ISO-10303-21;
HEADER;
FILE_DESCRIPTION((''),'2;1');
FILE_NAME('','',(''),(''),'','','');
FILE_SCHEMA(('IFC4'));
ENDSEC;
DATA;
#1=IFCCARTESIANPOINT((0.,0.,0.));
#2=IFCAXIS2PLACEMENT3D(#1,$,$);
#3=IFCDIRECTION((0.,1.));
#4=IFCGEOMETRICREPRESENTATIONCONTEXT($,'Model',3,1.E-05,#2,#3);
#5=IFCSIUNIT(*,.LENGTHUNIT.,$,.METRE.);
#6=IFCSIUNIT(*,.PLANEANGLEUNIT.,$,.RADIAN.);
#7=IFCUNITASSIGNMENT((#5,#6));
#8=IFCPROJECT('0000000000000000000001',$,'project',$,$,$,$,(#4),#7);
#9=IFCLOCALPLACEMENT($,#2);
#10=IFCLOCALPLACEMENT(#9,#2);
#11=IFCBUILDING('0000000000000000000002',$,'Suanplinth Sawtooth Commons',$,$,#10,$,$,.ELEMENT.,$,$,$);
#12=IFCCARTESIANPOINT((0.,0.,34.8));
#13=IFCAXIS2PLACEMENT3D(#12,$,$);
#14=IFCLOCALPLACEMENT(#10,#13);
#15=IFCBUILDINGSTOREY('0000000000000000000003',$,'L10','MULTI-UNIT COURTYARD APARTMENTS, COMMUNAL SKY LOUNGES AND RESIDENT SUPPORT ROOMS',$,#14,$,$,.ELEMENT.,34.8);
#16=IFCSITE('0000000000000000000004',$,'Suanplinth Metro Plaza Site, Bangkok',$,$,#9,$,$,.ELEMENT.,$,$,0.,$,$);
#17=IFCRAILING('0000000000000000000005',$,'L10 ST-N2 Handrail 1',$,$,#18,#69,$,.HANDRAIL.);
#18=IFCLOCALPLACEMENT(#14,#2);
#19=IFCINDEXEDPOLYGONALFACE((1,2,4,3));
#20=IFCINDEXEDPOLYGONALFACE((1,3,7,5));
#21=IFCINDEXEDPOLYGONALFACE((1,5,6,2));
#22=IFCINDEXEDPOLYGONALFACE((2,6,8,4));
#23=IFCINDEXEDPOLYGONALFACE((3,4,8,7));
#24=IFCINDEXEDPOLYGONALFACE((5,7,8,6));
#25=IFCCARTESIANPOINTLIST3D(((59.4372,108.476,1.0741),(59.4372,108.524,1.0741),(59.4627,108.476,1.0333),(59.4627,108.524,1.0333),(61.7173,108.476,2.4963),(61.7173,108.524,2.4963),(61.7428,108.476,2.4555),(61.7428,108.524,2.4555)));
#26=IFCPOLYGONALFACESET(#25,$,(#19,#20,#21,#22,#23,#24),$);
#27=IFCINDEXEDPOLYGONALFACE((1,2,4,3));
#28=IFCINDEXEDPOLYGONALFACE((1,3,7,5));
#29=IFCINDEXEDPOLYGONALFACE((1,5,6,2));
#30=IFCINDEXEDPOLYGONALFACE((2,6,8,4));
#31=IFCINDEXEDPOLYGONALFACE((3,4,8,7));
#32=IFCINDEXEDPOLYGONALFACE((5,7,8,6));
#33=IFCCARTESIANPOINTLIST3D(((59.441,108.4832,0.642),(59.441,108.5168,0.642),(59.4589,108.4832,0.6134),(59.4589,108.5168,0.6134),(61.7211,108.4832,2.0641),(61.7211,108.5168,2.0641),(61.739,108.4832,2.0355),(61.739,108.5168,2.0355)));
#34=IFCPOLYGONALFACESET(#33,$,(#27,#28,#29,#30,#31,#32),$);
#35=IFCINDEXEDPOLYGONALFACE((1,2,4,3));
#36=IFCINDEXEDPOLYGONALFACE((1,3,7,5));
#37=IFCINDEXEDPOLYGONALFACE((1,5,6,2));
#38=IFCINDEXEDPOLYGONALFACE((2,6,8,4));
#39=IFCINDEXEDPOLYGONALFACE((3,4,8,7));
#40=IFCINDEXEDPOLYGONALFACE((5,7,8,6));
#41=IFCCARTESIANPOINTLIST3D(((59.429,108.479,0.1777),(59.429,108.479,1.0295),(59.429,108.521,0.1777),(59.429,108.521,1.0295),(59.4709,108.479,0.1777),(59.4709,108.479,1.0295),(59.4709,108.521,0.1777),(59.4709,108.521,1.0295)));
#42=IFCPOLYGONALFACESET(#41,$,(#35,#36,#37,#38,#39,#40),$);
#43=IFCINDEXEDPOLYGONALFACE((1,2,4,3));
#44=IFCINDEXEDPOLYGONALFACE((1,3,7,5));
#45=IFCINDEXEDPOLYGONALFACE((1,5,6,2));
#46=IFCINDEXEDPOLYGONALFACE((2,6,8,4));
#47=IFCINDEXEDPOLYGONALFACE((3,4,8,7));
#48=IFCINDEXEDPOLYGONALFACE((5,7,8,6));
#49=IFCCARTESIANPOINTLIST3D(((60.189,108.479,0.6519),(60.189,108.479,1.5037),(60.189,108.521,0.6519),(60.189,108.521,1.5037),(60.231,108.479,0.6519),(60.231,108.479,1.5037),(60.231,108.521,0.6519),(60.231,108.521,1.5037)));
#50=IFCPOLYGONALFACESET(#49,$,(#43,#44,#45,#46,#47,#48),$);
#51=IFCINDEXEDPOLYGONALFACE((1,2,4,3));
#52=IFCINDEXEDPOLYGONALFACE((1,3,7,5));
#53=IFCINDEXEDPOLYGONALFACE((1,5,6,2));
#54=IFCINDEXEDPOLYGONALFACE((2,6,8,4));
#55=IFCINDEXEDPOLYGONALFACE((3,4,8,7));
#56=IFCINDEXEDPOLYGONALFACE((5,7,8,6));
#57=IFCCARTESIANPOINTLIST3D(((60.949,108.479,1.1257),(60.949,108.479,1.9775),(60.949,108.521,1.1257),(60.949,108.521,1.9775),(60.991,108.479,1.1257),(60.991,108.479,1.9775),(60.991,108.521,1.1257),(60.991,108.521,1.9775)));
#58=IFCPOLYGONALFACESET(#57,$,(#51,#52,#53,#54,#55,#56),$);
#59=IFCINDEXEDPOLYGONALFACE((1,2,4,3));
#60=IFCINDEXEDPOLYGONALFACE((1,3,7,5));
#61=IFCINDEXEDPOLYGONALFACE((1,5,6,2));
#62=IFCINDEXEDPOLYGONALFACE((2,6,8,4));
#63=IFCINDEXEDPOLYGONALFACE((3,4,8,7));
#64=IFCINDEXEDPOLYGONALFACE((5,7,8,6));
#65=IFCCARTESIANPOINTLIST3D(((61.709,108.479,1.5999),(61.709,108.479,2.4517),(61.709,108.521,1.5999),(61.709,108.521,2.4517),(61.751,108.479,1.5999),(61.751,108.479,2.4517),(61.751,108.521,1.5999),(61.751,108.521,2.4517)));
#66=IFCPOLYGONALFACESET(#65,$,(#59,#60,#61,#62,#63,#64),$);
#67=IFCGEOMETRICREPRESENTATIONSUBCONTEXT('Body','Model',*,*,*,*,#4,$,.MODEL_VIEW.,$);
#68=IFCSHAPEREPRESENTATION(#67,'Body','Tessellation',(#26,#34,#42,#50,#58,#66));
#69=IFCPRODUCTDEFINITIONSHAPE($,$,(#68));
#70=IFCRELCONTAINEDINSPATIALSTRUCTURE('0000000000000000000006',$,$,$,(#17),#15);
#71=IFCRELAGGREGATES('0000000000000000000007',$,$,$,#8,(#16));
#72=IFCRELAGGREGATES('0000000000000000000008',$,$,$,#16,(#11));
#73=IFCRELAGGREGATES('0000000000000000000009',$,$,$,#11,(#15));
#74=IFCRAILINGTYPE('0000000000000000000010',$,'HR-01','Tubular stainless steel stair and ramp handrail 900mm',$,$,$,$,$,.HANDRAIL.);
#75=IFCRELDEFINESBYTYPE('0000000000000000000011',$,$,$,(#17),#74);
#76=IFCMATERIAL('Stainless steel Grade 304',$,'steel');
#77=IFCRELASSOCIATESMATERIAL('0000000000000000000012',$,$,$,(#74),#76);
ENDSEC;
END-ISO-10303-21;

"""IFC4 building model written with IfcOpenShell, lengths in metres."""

from ifc_helpers import new_model, si_unit, direction, frame, origin, origin_2d, place, context, subcontext, project, spatial, rectangle, extrude, material, type_object, element, save


model = new_model("IFC4")

# Units and contexts
model_context = context("Model", 3, precision=1e-05, world=origin(), true_north=direction((0.0, 1.0)))
body_context = subcontext(model_context, "Body", "Model", "MODEL_VIEW")
ifc_project = project(units=[si_unit("LENGTHUNIT", "METRE"), si_unit("PLANEANGLEUNIT", "RADIAN")], contexts=[model_context])

# Site, building, storey
site_placement = place(None, origin())
site = spatial("IfcSite", under=ifc_project, at=site_placement, Name="Suanplinth Metro Plaza Site, Bangkok", CompositionType="ELEMENT", RefElevation=0.0)
building_placement = place(site_placement, origin())
building = spatial("IfcBuilding", under=site, at=building_placement, Name="Suanplinth Sawtooth Commons", CompositionType="ELEMENT")
storey_placement = place(building_placement, frame((0.0, 0.0, 34.8)))
storey = spatial("IfcBuildingStorey", under=building, at=storey_placement, Name="L10", Description="MULTI-UNIT COURTYARD APARTMENTS, COMMUNAL SKY LOUNGES AND RESIDENT SUPPORT ROOMS", CompositionType="ELEMENT", Elevation=34.8)

# Shared definitions
ifc_material_1 = material(Name="Stainless steel Grade 304", Category="steel")

# Railing
railing_type_1 = type_object("IfcRailingType", Name="HR-01", Description="Tubular stainless steel stair and ramp handrail 900mm", PredefinedType="HANDRAIL", material=ifc_material_1)
railing_1_placement = place(storey_placement, frame((59.45, 108.5, 0.1777)))
element("IfcRailing", 1, at=railing_1_placement, inside=storey, type_object=railing_type_1, Name="L10 ST-N2 Handrail 1", PredefinedType="HANDRAIL", context=body_context, shape_type="SweptSolid", body=[
    extrude(rectangle(XDim=0.0481, YDim=0.0481, at=origin_2d()), frame((0.0, 0.0, 0.876), z_axis=(0.848483, 0.0, 0.529223), x_axis=(0.0, 1.0, 0.0)), (0.0, 0.0, 1.0), 2.6873),
    extrude(rectangle(XDim=0.0337, YDim=0.0337, at=origin_2d()), frame((0.0, 0.0, 0.45), z_axis=(0.848483, 0.0, 0.529223), x_axis=(0.0, 1.0, 0.0)), (0.0, 0.0, 1.0), 2.6873),
    extrude(rectangle(XDim=0.042, YDim=0.042, at=origin_2d()), origin(), (0.0, 0.0, 1.0), 0.8518),
    extrude(rectangle(XDim=0.042, YDim=0.042, at=origin_2d()), frame((0.76, 0.0, 0.4741)), (0.0, 0.0, 1.0), 0.8518),
    extrude(rectangle(XDim=0.042, YDim=0.042, at=origin_2d()), frame((1.52, 0.0, 0.948)), (0.0, 0.0, 1.0), 0.8518),
    extrude(rectangle(XDim=0.042, YDim=0.042, at=origin_2d()), frame((2.28, 0.0, 1.4221)), (0.0, 0.0, 1.0), 0.8518),
])

save(model, "model.ifc")
